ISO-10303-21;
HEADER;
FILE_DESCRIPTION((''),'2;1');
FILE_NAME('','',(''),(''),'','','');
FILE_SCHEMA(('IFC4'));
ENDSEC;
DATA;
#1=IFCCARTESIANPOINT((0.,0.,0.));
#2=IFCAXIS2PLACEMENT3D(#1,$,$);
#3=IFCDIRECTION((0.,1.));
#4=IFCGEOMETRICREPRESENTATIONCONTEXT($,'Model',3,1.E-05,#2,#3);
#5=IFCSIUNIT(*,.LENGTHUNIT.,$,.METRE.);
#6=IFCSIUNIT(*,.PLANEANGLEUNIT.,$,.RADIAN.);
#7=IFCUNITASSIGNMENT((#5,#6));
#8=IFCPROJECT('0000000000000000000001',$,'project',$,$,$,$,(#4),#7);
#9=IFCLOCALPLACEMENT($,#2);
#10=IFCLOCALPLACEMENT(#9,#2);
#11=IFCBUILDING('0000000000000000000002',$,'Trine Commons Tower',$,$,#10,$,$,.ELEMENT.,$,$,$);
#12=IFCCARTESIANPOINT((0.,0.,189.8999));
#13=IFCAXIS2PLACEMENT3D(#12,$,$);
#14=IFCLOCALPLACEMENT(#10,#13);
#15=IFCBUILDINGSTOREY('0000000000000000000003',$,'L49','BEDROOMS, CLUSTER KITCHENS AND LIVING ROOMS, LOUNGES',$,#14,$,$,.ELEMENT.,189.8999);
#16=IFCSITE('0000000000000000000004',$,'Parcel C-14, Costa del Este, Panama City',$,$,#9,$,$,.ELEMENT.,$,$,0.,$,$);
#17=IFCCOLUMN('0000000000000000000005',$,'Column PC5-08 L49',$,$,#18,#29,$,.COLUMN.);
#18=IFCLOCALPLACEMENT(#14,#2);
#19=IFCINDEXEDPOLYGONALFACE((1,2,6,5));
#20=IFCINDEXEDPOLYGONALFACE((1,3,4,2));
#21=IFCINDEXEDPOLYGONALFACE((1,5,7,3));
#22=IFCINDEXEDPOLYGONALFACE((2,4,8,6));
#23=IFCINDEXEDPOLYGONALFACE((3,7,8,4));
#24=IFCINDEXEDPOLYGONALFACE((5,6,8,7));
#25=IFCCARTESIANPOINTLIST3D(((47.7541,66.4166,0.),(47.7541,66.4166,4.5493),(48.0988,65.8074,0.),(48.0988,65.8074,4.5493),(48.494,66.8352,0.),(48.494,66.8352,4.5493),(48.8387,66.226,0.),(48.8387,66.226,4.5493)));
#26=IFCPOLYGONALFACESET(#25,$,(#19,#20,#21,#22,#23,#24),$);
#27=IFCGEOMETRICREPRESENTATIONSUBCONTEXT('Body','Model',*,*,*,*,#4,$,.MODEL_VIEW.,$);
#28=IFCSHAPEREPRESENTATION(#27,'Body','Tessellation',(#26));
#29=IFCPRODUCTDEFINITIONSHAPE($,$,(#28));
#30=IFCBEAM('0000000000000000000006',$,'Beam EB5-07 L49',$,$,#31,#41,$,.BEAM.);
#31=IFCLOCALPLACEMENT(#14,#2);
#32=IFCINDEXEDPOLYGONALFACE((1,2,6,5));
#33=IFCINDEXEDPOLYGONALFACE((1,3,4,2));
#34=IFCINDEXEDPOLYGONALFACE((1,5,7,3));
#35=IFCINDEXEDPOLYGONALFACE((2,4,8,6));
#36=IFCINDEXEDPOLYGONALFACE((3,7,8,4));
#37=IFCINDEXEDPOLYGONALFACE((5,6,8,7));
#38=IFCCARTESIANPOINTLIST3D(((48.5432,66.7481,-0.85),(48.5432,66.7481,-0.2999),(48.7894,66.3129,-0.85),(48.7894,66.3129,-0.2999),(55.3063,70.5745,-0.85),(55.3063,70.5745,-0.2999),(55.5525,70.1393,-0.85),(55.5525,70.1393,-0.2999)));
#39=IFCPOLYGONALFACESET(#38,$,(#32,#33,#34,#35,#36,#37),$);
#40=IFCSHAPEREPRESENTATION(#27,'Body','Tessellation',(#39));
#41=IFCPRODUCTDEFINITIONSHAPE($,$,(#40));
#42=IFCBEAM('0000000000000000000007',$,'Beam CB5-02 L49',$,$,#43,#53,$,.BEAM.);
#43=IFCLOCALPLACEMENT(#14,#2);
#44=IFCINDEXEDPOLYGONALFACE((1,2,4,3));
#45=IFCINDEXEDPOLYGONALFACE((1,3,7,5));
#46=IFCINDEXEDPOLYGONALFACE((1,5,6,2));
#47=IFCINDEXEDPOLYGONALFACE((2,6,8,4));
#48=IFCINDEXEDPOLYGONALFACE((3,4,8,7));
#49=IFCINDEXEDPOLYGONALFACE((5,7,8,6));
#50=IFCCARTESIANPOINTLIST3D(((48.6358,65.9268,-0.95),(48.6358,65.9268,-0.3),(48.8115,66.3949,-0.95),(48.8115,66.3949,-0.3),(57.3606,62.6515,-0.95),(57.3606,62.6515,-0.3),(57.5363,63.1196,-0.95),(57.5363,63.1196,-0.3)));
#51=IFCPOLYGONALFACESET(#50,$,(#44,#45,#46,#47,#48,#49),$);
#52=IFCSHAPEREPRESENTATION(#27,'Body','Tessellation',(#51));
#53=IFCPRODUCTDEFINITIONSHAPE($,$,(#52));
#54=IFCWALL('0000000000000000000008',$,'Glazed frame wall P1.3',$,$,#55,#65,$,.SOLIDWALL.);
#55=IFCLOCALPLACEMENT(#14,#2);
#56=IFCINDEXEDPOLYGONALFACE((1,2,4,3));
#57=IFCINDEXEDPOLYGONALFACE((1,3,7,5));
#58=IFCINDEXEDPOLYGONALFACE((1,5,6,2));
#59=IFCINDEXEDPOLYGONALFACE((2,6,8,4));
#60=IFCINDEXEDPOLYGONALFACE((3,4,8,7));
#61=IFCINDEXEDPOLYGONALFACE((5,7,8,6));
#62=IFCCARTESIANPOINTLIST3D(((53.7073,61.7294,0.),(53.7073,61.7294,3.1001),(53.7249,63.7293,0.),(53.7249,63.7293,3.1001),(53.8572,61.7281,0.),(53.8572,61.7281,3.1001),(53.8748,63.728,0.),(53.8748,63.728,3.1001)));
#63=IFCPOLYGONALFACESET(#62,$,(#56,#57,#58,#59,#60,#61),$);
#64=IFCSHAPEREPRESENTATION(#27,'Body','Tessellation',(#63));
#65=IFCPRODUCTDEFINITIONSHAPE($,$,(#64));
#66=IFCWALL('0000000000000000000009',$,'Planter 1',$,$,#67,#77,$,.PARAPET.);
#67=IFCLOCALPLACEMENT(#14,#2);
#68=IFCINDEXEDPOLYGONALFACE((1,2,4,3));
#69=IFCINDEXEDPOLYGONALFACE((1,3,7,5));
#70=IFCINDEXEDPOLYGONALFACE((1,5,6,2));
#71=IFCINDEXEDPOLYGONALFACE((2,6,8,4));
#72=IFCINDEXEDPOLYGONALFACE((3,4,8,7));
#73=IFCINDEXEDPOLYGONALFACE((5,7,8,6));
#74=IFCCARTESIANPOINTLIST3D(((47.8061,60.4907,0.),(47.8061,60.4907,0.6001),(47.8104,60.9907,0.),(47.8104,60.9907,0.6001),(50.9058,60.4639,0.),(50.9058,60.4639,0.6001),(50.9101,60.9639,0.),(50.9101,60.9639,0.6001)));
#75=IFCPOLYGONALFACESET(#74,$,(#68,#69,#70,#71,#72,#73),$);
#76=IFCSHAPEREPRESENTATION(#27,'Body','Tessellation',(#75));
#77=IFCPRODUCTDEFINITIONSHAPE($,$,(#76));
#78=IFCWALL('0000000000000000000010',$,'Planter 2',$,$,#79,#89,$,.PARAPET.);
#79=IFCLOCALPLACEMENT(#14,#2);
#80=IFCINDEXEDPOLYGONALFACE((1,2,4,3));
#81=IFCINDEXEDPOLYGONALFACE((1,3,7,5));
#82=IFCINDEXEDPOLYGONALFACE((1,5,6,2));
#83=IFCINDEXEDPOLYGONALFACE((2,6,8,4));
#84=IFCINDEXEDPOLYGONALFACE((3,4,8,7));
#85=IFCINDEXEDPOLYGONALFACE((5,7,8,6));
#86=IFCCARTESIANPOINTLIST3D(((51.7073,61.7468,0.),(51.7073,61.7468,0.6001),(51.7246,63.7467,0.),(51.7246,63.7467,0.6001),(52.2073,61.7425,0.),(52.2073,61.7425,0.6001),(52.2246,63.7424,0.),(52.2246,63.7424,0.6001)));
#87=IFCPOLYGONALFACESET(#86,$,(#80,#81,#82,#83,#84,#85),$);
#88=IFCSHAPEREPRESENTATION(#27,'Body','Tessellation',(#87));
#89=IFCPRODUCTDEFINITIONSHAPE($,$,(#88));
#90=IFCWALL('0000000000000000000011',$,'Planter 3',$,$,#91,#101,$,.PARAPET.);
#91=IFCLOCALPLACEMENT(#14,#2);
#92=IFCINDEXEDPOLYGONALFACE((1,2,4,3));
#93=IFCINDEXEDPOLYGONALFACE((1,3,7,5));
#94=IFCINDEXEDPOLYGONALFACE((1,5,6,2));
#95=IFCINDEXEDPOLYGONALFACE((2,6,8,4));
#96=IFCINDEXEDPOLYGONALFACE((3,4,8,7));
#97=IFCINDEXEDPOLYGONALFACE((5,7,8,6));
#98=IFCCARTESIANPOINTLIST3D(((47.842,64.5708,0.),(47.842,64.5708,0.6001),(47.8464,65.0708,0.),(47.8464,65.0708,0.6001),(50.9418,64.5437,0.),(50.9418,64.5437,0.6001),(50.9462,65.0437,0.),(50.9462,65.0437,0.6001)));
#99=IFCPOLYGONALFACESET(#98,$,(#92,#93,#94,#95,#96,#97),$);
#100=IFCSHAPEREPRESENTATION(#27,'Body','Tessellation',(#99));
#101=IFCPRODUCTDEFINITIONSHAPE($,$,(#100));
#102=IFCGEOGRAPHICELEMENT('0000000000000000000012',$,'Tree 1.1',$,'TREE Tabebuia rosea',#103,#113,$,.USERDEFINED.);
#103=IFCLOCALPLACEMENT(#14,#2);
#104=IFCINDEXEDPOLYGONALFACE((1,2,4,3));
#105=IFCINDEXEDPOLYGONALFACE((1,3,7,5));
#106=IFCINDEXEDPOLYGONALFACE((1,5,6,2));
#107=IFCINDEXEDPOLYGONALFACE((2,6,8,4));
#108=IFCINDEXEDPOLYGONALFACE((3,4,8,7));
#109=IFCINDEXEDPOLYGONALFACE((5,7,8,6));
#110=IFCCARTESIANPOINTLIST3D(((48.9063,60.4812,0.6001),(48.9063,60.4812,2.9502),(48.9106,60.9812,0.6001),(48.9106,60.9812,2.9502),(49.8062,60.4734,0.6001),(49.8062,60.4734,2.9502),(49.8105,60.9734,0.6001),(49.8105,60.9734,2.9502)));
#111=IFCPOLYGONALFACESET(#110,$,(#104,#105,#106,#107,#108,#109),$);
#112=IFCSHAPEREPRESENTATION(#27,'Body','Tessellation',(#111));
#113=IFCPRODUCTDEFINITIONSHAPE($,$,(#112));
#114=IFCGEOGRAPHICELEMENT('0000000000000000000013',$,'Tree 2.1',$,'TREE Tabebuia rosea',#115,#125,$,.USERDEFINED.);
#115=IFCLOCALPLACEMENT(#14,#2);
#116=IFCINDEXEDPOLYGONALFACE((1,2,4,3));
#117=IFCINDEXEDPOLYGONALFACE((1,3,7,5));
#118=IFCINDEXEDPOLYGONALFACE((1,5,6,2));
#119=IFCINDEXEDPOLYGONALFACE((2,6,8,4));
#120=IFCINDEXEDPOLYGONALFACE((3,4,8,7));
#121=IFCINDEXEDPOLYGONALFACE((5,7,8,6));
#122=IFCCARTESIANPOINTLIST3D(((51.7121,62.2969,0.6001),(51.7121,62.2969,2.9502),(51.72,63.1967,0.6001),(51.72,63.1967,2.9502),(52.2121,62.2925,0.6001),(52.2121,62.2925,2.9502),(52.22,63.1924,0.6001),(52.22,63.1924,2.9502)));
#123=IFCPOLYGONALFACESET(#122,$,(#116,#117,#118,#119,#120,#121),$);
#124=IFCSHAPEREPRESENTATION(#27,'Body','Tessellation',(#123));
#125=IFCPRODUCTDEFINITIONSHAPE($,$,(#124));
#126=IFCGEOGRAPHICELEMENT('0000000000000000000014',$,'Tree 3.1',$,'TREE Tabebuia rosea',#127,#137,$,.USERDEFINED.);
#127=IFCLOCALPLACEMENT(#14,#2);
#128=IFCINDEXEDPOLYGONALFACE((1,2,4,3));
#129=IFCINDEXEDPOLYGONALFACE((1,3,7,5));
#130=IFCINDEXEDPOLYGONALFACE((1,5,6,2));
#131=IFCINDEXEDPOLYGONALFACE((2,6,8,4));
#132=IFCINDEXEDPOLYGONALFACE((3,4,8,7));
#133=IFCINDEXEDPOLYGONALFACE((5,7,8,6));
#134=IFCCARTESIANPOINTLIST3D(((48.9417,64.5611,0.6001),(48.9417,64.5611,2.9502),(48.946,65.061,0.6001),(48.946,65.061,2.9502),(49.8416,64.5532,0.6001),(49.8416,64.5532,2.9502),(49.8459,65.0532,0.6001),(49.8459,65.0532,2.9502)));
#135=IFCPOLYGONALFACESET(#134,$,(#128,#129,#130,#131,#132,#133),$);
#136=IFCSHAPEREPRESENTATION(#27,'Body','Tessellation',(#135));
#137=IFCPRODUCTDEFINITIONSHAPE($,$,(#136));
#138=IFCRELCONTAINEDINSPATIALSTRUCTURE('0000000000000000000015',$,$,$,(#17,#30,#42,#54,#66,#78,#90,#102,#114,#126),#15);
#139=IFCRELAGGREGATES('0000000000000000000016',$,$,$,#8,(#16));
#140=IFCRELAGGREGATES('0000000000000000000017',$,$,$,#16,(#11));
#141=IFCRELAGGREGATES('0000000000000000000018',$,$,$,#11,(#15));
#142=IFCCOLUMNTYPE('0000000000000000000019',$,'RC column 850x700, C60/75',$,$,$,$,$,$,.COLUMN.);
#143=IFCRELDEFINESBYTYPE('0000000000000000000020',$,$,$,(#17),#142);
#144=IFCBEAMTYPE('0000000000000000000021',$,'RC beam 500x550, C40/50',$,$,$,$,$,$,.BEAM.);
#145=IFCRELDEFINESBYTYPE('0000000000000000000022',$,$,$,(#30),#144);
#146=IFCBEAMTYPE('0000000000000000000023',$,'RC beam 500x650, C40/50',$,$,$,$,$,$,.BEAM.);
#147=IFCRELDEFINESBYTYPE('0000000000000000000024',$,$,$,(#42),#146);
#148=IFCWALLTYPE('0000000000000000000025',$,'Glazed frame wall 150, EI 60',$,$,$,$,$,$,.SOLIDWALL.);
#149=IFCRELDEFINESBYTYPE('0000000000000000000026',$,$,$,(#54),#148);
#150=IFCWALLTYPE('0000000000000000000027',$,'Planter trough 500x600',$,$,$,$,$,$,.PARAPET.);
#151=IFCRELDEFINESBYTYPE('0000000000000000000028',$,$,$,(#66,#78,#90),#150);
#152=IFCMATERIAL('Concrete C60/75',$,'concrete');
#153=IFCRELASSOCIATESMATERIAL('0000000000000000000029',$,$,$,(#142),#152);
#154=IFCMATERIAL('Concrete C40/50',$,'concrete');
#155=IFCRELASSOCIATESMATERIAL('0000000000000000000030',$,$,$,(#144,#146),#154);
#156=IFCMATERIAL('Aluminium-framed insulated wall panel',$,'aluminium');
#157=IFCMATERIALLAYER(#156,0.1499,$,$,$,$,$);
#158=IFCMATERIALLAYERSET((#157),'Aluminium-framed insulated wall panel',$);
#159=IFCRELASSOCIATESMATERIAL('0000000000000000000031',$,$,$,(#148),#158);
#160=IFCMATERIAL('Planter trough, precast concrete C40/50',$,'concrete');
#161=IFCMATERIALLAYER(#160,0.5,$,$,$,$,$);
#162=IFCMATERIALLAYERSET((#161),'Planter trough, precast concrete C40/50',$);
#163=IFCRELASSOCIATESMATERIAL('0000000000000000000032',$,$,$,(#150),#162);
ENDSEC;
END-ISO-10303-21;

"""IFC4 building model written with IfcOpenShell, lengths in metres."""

from ifc_helpers import new_model, si_unit, direction, frame, frame_2d, origin, origin_2d, place, context, subcontext, project, spatial, polyline, rectangle, outline, extrude, material, layer, layer_set, material_profile, profile_set, type_object, element, save


model = new_model("IFC4")

# Units and contexts
model_context = context("Model", 3, precision=1e-05, world=origin(), true_north=direction((0.0, 1.0)))
body_context = subcontext(model_context, "Body", "Model", "MODEL_VIEW")
ifc_project = project(units=[si_unit("LENGTHUNIT", "METRE"), si_unit("PLANEANGLEUNIT", "RADIAN")], contexts=[model_context])

# Site, building, storey
site_placement = place(None, origin())
site = spatial("IfcSite", under=ifc_project, at=site_placement, Name="Parcel C-14, Costa del Este, Panama City", CompositionType="ELEMENT", RefElevation=0.0)
building_placement = place(site_placement, origin())
building = spatial("IfcBuilding", under=site, at=building_placement, Name="Trine Commons Tower", CompositionType="ELEMENT")
storey_placement = place(building_placement, frame((0.0, 0.0, 189.8999)))
storey = spatial("IfcBuildingStorey", under=building, at=storey_placement, Name="L49", Description="BEDROOMS, CLUSTER KITCHENS AND LIVING ROOMS, LOUNGES", CompositionType="ELEMENT", Elevation=189.8999)

# Column
ifc_material_1 = material(Name="Concrete C60/75", Category="concrete")
ifc_material_profile_1 = material_profile(ifc_material_1, rectangle(XDim=0.8501, YDim=0.7, at=origin_2d()), Name="RC 850x700")
ifc_profile_set_1 = profile_set([ifc_material_profile_1], Name="Concrete C60/75")
column_type = type_object("IfcColumnType", Name="RC column 850x700, C60/75", PredefinedType="COLUMN", material=ifc_profile_set_1)
column_placement = place(storey_placement, frame((48.2964, 66.3213, 0.0), z_axis=(0.0, 0.0, 1.0), x_axis=(0.870356, 0.492424, 0.0)))
element("IfcColumn", 1, at=column_placement, inside=storey, type_object=column_type, Name="Column PC5-08 L49", PredefinedType="COLUMN", context=body_context, shape_type="SweptSolid", body=[
    extrude(rectangle(XDim=0.8501, YDim=0.7, at=origin_2d()), origin(), (0.0, 0.0, 1.0), 4.5493),
])

# Beams
ifc_material_2 = material(Name="Concrete C40/50", Category="concrete")
ifc_material_profile_2 = material_profile(ifc_material_2, rectangle(XDim=0.5, YDim=0.55, at=origin_2d()), Name="RC 500x550")
ifc_profile_set_2 = profile_set([ifc_material_profile_2], Name="Concrete C40/50")
beam_type_1 = type_object("IfcBeamType", Name="RC beam 500x550, C40/50", PredefinedType="BEAM", material=ifc_profile_set_2)
beam_1_placement = place(storey_placement, frame((48.6663, 66.5305, -0.575), z_axis=(0.870356, 0.492423, 0.0), x_axis=(-0.492423, 0.870356, 0.0)))
element("IfcBeam", 2, at=beam_1_placement, inside=storey, type_object=beam_type_1, Name="Beam EB5-07 L49", PredefinedType="BEAM", context=body_context, shape_type="SweptSolid", body=[
    extrude(rectangle(XDim=0.5, YDim=0.55, at=origin_2d()), origin(), (0.0, 0.0, 1.0), 7.7705),
])
ifc_material_profile_3 = material_profile(ifc_material_2, rectangle(XDim=0.5, YDim=0.6499, at=origin_2d()), Name="RC 500x650")
ifc_profile_set_3 = profile_set([ifc_material_profile_3], Name="Concrete C40/50")
beam_type_2 = type_object("IfcBeamType", Name="RC beam 500x650, C40/50", PredefinedType="BEAM", material=ifc_profile_set_3)
beam_2_placement = place(storey_placement, frame((48.7236, 66.1609, -0.625), z_axis=(0.936203, -0.351459, 0.0), x_axis=(0.351459, 0.936203, 0.0)))
element("IfcBeam", 3, at=beam_2_placement, inside=storey, type_object=beam_type_2, Name="Beam CB5-02 L49", PredefinedType="BEAM", context=body_context, shape_type="SweptSolid", body=[
    extrude(rectangle(XDim=0.5, YDim=0.6499, at=origin_2d()), origin(), (0.0, 0.0, 1.0), 9.3193),
])

# Wall
ifc_material_3 = material(Name="Aluminium-framed insulated wall panel", Category="aluminium")
ifc_layer_1 = layer(ifc_material_3, 0.1499)
ifc_layer_set_1 = layer_set([ifc_layer_1], Name="Aluminium-framed insulated wall panel")
wall_type_1 = type_object("IfcWallType", Name="Glazed frame wall 150, EI 60", PredefinedType="SOLIDWALL", material=ifc_layer_set_1)
wall_1_placement = place(storey_placement, frame((53.7822, 61.7288, 0.0), z_axis=(0.0, 0.0, 1.0), x_axis=(0.008789, 0.999961, 0.0)))
element("IfcWall", 4, at=wall_1_placement, inside=storey, type_object=wall_type_1, Name="Glazed frame wall P1.3", PredefinedType="SOLIDWALL", context=body_context, shape_type="SweptSolid", body=[
    extrude(outline(polyline([(0.0, -0.075), (2.0, -0.075), (2.0, 0.075), (0.0, 0.075), (0.0, -0.075)])), origin(), (0.0, 0.0, 1.0), 3.1001),
])

# Walls
ifc_material_4 = material(Name="Planter trough, precast concrete C40/50", Category="concrete")
ifc_layer_2 = layer(ifc_material_4, 0.5)
ifc_layer_set_2 = layer_set([ifc_layer_2], Name="Planter trough, precast concrete C40/50")
wall_type_2 = type_object("IfcWallType", Name="Planter trough 500x600", PredefinedType="PARAPET", material=ifc_layer_set_2)
wall_2_placement = place(storey_placement, frame((47.8083, 60.7407, 0.0), z_axis=(0.0, 0.0, 1.0), x_axis=(0.999962, -0.008663, 0.0)))
element("IfcWall", 5, at=wall_2_placement, inside=storey, type_object=wall_type_2, Name="Planter 1", PredefinedType="PARAPET", context=body_context, shape_type="SweptSolid", body=[
    extrude(rectangle(XDim=3.0999, YDim=0.5, at=frame_2d((1.5498, 0.0))), origin(), (0.0, 0.0, 1.0), 0.6001),
])
wall_3_placement = place(storey_placement, frame((51.9573, 61.7446, 0.0), z_axis=(0.0, 0.0, 1.0), x_axis=(0.008667, 0.999962, 0.0)))
element("IfcWall", 6, at=wall_3_placement, inside=storey, type_object=wall_type_2, Name="Planter 2", PredefinedType="PARAPET", context=body_context, shape_type="SweptSolid", body=[
    extrude(rectangle(XDim=2.0, YDim=0.5, at=frame_2d((1.0, 0.0))), origin(), (0.0, 0.0, 1.0), 0.6001),
])
wall_4_placement = place(storey_placement, frame((50.9438, 64.7937, 0.0), z_axis=(0.0, 0.0, 1.0), x_axis=(-0.999962, 0.008742, 0.0)))
element("IfcWall", 7, at=wall_4_placement, inside=storey, type_object=wall_type_2, Name="Planter 3", PredefinedType="PARAPET", context=body_context, shape_type="SweptSolid", body=[
    extrude(rectangle(XDim=3.0999, YDim=0.5, at=frame_2d((1.5498, 0.0))), origin(), (0.0, 0.0, 1.0), 0.6001),
])

# Geographic elements
for number, where, z_axis, x_axis, name in (
    (8, (49.3584, 60.7273, 0.6001), (0.0, 0.0, 1.0), (0.999962, -0.008727, 0.0), "Tree 1.1"),
    (9, (51.9661, 62.7446, 0.6001), (0.0, 0.0, 1.0), (0.008727, 0.999962, 0.0), "Tree 2.1"),
    (10, (49.3938, 64.8071, 0.6001), (0.0, 0.0, 1.0), (-0.999962, 0.008727, 0.0), "Tree 3.1"),
):
    element("IfcGeographicElement", number, at=place(storey_placement, frame(where, z_axis=z_axis, x_axis=x_axis)), inside=storey, Name=name, ObjectType="TREE Tabebuia rosea", PredefinedType="USERDEFINED", context=body_context, shape_type="SweptSolid", body=[
        extrude(rectangle(XDim=0.8999, YDim=0.5, at=origin_2d()), origin(), (0.0, 0.0, 1.0), 2.3501),
    ])

save(model, "model.ifc")
